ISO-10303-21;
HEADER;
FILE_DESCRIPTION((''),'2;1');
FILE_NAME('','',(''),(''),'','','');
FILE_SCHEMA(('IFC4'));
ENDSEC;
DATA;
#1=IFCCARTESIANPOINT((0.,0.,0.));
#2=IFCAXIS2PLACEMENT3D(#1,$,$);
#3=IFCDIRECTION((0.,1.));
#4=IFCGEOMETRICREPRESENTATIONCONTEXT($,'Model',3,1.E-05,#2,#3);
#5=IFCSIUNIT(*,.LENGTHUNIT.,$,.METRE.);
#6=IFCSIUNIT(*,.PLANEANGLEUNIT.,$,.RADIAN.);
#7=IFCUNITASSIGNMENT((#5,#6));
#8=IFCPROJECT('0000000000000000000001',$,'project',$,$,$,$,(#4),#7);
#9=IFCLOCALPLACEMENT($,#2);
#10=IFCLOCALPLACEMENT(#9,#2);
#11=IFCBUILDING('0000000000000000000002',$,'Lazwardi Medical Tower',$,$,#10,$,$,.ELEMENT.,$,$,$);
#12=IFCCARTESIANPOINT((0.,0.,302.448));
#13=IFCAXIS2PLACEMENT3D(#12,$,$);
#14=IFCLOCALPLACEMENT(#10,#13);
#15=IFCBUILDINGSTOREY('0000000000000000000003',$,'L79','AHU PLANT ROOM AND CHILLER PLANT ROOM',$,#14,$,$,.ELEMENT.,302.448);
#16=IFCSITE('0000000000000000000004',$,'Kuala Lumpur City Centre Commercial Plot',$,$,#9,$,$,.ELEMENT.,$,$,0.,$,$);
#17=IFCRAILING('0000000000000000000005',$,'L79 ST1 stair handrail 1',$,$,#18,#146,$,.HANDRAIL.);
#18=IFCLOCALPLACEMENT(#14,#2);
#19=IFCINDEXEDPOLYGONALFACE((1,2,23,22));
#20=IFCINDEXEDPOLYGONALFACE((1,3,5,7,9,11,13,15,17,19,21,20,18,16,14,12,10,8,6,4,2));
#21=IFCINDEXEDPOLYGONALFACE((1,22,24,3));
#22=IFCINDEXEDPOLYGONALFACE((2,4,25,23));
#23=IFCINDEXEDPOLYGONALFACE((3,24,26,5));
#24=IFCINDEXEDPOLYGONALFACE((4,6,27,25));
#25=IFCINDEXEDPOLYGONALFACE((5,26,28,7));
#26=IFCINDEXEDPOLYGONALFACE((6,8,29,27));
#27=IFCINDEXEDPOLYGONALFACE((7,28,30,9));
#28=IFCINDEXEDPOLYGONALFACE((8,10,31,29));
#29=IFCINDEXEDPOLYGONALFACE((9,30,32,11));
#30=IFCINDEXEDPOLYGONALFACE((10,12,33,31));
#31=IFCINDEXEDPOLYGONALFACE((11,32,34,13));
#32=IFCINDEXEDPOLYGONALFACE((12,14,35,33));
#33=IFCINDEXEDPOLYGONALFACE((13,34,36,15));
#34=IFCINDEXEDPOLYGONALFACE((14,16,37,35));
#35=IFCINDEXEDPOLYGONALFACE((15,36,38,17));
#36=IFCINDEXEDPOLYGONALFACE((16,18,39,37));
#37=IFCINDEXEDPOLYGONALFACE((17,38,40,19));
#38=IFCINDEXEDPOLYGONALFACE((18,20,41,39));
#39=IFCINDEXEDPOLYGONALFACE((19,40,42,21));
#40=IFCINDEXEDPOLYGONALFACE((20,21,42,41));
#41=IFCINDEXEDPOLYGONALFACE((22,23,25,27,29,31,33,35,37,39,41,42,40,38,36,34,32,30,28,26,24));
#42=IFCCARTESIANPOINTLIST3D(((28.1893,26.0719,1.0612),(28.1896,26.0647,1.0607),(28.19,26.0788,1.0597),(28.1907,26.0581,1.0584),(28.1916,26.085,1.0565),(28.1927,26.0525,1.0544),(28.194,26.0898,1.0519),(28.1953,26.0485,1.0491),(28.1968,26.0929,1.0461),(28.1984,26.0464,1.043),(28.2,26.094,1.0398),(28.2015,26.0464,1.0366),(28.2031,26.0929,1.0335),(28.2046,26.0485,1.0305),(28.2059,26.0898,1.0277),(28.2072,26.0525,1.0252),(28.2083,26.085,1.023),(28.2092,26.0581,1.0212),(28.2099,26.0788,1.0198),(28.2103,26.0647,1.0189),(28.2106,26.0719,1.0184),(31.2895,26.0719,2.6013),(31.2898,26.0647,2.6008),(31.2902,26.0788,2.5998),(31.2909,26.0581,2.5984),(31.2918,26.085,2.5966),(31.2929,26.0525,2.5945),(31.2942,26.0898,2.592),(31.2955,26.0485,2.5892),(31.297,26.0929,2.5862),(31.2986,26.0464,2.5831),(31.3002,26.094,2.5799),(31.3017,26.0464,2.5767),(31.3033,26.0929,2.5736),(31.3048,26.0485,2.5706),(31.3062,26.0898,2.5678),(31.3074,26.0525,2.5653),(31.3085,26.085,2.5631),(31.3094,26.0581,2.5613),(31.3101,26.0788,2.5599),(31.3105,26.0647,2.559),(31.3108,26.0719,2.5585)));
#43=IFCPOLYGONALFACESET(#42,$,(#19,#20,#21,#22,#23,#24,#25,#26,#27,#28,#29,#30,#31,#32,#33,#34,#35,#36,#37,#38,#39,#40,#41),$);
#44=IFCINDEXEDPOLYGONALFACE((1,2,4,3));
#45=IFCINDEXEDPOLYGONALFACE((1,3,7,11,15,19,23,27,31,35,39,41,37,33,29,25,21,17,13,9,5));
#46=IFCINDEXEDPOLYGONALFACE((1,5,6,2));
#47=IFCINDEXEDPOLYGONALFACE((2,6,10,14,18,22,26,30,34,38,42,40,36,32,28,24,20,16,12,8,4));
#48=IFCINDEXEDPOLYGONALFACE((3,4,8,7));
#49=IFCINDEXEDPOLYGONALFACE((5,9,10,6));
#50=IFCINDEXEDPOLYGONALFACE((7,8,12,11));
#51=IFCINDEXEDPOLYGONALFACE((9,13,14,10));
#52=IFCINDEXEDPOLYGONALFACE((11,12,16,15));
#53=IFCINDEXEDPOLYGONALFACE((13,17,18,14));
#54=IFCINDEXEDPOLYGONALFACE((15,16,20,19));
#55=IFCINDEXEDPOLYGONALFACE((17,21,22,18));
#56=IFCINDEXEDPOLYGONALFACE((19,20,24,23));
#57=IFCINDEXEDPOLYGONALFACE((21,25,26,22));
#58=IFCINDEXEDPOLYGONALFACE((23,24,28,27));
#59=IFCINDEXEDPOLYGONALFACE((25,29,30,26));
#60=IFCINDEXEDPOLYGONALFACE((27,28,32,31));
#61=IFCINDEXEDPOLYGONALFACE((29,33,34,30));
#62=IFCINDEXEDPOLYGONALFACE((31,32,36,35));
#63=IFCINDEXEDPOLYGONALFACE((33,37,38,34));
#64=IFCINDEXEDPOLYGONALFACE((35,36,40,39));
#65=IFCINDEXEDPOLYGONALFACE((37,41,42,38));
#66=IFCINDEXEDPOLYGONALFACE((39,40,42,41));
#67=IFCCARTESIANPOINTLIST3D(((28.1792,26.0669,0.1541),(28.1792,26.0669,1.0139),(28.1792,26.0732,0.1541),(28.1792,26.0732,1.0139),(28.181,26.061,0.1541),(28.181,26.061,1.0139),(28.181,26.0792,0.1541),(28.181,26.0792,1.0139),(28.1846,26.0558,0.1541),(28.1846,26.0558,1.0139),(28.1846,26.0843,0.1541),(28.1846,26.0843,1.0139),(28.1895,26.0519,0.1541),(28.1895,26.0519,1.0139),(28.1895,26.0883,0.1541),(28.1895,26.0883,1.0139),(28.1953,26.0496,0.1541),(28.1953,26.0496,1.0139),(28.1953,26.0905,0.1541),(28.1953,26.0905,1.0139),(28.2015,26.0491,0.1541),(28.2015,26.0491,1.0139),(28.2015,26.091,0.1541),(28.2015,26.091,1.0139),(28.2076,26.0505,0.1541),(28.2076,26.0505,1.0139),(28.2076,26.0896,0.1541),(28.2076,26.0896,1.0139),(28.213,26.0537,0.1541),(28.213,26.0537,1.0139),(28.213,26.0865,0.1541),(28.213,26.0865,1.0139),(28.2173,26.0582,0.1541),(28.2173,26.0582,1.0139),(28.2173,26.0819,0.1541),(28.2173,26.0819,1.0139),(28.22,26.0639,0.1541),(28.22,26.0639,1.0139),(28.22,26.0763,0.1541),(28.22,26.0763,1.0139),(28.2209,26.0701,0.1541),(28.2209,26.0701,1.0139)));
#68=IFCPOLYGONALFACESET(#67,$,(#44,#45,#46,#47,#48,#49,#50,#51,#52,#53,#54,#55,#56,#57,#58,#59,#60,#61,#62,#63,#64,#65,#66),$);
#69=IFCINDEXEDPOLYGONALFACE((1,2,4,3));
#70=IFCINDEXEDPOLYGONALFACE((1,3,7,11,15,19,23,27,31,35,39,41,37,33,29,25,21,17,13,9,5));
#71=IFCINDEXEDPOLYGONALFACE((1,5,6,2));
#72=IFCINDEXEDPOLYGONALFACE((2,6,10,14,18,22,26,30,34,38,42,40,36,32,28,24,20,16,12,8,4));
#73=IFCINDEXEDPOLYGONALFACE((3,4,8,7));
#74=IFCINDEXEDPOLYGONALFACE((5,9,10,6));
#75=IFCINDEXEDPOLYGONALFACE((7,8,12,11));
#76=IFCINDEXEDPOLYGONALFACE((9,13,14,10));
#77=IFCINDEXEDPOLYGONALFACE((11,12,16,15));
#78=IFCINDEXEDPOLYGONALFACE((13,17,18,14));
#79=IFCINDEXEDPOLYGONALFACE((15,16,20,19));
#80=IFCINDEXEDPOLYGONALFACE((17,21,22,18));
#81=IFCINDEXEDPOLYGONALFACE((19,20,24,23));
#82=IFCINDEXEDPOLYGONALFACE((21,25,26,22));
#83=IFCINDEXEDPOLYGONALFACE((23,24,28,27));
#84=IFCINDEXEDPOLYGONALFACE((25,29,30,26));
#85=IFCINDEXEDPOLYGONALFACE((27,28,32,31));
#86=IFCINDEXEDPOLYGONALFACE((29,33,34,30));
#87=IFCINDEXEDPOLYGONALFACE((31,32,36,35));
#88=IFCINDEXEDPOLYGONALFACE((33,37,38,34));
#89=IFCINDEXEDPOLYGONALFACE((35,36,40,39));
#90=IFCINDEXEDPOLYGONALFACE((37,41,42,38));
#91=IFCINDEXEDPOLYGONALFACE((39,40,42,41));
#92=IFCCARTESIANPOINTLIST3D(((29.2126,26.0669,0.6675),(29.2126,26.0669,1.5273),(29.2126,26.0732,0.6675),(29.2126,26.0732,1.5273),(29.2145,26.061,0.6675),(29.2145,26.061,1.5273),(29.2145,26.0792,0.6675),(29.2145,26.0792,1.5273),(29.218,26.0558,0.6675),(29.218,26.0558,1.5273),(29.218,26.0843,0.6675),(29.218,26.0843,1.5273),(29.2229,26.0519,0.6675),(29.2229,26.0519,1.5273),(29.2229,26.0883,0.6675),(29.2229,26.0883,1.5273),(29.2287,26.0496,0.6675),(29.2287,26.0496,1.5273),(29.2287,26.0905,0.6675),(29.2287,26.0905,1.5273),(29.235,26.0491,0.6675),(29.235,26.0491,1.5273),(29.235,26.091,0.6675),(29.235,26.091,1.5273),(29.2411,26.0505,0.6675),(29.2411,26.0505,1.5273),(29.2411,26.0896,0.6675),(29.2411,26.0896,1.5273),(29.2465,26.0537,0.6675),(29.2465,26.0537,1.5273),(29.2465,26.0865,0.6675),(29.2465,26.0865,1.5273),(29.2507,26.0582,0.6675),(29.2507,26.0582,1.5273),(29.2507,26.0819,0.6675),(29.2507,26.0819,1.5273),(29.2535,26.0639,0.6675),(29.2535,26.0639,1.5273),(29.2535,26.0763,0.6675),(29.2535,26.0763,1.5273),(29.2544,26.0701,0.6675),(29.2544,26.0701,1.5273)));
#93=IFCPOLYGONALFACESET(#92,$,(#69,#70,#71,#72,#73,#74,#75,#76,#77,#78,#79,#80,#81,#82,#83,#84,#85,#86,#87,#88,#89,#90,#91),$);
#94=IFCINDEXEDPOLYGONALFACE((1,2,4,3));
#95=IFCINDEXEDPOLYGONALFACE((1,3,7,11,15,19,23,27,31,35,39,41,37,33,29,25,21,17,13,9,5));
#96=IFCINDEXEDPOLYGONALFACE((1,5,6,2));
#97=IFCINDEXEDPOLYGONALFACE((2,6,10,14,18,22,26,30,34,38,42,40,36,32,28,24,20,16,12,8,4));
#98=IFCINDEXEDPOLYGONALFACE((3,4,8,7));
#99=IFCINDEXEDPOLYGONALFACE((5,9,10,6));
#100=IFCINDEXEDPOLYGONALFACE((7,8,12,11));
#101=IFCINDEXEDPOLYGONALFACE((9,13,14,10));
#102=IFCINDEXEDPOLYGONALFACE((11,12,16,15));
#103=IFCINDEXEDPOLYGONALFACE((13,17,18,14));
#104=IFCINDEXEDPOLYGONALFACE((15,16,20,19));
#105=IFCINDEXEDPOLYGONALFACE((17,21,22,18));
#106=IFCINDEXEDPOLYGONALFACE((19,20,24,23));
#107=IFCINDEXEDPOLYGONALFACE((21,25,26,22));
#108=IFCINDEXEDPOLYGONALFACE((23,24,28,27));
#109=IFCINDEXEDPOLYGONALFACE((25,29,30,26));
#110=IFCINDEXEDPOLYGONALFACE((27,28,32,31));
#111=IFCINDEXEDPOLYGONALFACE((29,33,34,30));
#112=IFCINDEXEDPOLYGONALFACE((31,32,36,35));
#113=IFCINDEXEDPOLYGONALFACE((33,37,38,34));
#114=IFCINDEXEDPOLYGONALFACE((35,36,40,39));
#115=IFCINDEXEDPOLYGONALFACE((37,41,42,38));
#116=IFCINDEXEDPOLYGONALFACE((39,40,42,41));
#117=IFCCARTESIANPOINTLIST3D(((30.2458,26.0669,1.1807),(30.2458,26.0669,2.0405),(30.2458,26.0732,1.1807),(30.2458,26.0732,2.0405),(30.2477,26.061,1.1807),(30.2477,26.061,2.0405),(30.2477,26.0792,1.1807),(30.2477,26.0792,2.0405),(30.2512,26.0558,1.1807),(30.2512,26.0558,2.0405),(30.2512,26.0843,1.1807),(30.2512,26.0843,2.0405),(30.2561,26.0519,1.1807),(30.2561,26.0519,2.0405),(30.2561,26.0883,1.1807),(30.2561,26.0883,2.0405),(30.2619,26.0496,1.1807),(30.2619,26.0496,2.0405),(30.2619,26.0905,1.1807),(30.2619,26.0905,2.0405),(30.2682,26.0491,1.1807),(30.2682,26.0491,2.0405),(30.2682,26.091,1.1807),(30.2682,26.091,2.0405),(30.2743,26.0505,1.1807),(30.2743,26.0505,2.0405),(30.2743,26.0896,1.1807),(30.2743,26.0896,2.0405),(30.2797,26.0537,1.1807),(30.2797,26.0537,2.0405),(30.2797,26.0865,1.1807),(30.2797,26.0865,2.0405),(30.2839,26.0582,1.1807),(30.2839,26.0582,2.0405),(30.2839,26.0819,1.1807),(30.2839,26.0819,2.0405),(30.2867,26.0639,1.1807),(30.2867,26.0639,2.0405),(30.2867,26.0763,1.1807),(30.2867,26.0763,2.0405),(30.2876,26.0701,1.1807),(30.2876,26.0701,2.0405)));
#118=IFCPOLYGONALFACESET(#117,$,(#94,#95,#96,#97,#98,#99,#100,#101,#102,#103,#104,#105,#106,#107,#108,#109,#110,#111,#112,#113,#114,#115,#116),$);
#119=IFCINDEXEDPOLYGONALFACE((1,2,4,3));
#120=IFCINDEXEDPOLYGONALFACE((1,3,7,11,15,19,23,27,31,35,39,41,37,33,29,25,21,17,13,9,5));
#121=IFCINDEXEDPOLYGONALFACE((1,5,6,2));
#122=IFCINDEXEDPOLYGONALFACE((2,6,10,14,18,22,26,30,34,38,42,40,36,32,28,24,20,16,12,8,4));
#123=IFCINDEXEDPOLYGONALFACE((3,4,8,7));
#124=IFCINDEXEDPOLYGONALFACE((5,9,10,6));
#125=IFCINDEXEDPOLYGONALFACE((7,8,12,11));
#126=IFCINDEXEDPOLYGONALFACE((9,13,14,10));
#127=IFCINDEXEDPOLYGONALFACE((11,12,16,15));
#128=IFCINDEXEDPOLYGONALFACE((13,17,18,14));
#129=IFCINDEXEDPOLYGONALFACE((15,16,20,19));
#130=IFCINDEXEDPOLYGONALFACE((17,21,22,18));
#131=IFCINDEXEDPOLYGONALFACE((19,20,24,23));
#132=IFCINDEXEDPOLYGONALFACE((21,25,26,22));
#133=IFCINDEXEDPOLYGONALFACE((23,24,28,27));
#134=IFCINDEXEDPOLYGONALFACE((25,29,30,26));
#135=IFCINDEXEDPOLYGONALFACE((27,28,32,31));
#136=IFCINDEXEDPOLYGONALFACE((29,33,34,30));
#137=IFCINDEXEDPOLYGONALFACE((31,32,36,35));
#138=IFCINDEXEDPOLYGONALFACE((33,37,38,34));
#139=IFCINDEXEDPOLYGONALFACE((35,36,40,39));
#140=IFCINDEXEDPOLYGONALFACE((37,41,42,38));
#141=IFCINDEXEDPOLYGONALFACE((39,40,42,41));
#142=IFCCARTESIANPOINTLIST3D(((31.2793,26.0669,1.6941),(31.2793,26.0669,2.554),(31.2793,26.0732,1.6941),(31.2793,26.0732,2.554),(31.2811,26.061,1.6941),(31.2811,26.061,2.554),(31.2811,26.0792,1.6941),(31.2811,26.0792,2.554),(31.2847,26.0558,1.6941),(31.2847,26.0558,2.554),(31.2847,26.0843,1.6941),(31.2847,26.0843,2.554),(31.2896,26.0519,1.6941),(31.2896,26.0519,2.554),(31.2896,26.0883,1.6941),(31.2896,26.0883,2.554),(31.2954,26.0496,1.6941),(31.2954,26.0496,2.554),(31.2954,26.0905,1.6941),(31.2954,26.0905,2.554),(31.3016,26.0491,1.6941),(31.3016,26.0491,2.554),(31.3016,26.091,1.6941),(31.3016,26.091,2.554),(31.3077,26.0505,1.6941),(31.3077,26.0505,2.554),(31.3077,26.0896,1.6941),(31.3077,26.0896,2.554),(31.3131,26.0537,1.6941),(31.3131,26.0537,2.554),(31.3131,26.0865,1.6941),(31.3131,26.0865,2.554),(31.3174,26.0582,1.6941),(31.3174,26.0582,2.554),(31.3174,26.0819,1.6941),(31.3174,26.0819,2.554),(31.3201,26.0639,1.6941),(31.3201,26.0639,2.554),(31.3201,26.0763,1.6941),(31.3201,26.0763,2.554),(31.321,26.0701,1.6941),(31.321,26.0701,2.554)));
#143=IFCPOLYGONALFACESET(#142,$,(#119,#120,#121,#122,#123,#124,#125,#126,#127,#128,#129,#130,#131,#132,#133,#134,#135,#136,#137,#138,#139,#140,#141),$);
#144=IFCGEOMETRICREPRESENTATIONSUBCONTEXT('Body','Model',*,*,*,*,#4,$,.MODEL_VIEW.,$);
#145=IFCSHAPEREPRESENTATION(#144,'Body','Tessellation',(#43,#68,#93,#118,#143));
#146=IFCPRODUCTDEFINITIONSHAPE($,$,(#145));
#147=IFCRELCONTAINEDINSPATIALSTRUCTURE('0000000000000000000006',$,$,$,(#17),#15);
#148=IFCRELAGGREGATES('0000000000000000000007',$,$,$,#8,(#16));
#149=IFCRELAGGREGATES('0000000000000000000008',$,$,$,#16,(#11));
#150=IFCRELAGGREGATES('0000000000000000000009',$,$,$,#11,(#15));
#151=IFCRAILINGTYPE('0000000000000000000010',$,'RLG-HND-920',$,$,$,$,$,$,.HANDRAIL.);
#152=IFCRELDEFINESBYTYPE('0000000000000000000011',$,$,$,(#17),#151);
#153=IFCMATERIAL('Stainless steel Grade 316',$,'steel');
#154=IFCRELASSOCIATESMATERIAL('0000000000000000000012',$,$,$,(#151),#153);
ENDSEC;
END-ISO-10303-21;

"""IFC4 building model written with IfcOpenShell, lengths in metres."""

from ifc_helpers import new_model, si_unit, direction, frame, origin, origin_2d, place, context, subcontext, project, spatial, circle, extrude, material, type_object, element, save


model = new_model("IFC4")

# Units and contexts
model_context = context("Model", 3, precision=1e-05, world=origin(), true_north=direction((0.0, 1.0)))
body_context = subcontext(model_context, "Body", "Model", "MODEL_VIEW")
ifc_project = project(units=[si_unit("LENGTHUNIT", "METRE"), si_unit("PLANEANGLEUNIT", "RADIAN")], contexts=[model_context])

# Site, building, storey
site_placement = place(None, origin())
site = spatial("IfcSite", under=ifc_project, at=site_placement, Name="Kuala Lumpur City Centre Commercial Plot", CompositionType="ELEMENT", RefElevation=0.0)
building_placement = place(site_placement, origin())
building = spatial("IfcBuilding", under=site, at=building_placement, Name="Lazwardi Medical Tower", CompositionType="ELEMENT")
storey_placement = place(building_placement, frame((0.0, 0.0, 302.448)))
storey = spatial("IfcBuildingStorey", under=building, at=storey_placement, Name="L79", Description="AHU PLANT ROOM AND CHILLER PLANT ROOM", CompositionType="ELEMENT", Elevation=302.448)

# Railing
ifc_material_1 = material(Name="Stainless steel Grade 316", Category="steel")
railing_type_1 = type_object("IfcRailingType", Name="RLG-HND-920", PredefinedType="HANDRAIL", material=ifc_material_1)
railing_1_placement = place(storey_placement, frame((28.2, 26.0701, 0.1541)))
element("IfcRailing", 1, at=railing_1_placement, inside=storey, type_object=railing_type_1, Name="L79 ST1 stair handrail 1", PredefinedType="HANDRAIL", context=body_context, shape_type="SweptSolid", body=[
    extrude(circle(Radius=0.0239, at=origin_2d()), frame((0.0, 0.0, 0.8857), z_axis=(0.895581, 0.0, 0.444899), x_axis=(0.0, 1.0, 0.0)), (0.0, 0.0, 1.0), 3.4617),
    extrude(circle(Radius=0.021, at=origin_2d()), origin(), (0.0, 0.0, 1.0), 0.8599),
    extrude(circle(Radius=0.021, at=origin_2d()), frame((1.0334, 0.0, 0.5134)), (0.0, 0.0, 1.0), 0.8599),
    extrude(circle(Radius=0.021, at=origin_2d()), frame((2.0667, 0.0, 1.0266)), (0.0, 0.0, 1.0), 0.8599),
    extrude(circle(Radius=0.021, at=origin_2d()), frame((3.1001, 0.0, 1.54)), (0.0, 0.0, 1.0), 0.8599),
])

save(model, "model.ifc")
